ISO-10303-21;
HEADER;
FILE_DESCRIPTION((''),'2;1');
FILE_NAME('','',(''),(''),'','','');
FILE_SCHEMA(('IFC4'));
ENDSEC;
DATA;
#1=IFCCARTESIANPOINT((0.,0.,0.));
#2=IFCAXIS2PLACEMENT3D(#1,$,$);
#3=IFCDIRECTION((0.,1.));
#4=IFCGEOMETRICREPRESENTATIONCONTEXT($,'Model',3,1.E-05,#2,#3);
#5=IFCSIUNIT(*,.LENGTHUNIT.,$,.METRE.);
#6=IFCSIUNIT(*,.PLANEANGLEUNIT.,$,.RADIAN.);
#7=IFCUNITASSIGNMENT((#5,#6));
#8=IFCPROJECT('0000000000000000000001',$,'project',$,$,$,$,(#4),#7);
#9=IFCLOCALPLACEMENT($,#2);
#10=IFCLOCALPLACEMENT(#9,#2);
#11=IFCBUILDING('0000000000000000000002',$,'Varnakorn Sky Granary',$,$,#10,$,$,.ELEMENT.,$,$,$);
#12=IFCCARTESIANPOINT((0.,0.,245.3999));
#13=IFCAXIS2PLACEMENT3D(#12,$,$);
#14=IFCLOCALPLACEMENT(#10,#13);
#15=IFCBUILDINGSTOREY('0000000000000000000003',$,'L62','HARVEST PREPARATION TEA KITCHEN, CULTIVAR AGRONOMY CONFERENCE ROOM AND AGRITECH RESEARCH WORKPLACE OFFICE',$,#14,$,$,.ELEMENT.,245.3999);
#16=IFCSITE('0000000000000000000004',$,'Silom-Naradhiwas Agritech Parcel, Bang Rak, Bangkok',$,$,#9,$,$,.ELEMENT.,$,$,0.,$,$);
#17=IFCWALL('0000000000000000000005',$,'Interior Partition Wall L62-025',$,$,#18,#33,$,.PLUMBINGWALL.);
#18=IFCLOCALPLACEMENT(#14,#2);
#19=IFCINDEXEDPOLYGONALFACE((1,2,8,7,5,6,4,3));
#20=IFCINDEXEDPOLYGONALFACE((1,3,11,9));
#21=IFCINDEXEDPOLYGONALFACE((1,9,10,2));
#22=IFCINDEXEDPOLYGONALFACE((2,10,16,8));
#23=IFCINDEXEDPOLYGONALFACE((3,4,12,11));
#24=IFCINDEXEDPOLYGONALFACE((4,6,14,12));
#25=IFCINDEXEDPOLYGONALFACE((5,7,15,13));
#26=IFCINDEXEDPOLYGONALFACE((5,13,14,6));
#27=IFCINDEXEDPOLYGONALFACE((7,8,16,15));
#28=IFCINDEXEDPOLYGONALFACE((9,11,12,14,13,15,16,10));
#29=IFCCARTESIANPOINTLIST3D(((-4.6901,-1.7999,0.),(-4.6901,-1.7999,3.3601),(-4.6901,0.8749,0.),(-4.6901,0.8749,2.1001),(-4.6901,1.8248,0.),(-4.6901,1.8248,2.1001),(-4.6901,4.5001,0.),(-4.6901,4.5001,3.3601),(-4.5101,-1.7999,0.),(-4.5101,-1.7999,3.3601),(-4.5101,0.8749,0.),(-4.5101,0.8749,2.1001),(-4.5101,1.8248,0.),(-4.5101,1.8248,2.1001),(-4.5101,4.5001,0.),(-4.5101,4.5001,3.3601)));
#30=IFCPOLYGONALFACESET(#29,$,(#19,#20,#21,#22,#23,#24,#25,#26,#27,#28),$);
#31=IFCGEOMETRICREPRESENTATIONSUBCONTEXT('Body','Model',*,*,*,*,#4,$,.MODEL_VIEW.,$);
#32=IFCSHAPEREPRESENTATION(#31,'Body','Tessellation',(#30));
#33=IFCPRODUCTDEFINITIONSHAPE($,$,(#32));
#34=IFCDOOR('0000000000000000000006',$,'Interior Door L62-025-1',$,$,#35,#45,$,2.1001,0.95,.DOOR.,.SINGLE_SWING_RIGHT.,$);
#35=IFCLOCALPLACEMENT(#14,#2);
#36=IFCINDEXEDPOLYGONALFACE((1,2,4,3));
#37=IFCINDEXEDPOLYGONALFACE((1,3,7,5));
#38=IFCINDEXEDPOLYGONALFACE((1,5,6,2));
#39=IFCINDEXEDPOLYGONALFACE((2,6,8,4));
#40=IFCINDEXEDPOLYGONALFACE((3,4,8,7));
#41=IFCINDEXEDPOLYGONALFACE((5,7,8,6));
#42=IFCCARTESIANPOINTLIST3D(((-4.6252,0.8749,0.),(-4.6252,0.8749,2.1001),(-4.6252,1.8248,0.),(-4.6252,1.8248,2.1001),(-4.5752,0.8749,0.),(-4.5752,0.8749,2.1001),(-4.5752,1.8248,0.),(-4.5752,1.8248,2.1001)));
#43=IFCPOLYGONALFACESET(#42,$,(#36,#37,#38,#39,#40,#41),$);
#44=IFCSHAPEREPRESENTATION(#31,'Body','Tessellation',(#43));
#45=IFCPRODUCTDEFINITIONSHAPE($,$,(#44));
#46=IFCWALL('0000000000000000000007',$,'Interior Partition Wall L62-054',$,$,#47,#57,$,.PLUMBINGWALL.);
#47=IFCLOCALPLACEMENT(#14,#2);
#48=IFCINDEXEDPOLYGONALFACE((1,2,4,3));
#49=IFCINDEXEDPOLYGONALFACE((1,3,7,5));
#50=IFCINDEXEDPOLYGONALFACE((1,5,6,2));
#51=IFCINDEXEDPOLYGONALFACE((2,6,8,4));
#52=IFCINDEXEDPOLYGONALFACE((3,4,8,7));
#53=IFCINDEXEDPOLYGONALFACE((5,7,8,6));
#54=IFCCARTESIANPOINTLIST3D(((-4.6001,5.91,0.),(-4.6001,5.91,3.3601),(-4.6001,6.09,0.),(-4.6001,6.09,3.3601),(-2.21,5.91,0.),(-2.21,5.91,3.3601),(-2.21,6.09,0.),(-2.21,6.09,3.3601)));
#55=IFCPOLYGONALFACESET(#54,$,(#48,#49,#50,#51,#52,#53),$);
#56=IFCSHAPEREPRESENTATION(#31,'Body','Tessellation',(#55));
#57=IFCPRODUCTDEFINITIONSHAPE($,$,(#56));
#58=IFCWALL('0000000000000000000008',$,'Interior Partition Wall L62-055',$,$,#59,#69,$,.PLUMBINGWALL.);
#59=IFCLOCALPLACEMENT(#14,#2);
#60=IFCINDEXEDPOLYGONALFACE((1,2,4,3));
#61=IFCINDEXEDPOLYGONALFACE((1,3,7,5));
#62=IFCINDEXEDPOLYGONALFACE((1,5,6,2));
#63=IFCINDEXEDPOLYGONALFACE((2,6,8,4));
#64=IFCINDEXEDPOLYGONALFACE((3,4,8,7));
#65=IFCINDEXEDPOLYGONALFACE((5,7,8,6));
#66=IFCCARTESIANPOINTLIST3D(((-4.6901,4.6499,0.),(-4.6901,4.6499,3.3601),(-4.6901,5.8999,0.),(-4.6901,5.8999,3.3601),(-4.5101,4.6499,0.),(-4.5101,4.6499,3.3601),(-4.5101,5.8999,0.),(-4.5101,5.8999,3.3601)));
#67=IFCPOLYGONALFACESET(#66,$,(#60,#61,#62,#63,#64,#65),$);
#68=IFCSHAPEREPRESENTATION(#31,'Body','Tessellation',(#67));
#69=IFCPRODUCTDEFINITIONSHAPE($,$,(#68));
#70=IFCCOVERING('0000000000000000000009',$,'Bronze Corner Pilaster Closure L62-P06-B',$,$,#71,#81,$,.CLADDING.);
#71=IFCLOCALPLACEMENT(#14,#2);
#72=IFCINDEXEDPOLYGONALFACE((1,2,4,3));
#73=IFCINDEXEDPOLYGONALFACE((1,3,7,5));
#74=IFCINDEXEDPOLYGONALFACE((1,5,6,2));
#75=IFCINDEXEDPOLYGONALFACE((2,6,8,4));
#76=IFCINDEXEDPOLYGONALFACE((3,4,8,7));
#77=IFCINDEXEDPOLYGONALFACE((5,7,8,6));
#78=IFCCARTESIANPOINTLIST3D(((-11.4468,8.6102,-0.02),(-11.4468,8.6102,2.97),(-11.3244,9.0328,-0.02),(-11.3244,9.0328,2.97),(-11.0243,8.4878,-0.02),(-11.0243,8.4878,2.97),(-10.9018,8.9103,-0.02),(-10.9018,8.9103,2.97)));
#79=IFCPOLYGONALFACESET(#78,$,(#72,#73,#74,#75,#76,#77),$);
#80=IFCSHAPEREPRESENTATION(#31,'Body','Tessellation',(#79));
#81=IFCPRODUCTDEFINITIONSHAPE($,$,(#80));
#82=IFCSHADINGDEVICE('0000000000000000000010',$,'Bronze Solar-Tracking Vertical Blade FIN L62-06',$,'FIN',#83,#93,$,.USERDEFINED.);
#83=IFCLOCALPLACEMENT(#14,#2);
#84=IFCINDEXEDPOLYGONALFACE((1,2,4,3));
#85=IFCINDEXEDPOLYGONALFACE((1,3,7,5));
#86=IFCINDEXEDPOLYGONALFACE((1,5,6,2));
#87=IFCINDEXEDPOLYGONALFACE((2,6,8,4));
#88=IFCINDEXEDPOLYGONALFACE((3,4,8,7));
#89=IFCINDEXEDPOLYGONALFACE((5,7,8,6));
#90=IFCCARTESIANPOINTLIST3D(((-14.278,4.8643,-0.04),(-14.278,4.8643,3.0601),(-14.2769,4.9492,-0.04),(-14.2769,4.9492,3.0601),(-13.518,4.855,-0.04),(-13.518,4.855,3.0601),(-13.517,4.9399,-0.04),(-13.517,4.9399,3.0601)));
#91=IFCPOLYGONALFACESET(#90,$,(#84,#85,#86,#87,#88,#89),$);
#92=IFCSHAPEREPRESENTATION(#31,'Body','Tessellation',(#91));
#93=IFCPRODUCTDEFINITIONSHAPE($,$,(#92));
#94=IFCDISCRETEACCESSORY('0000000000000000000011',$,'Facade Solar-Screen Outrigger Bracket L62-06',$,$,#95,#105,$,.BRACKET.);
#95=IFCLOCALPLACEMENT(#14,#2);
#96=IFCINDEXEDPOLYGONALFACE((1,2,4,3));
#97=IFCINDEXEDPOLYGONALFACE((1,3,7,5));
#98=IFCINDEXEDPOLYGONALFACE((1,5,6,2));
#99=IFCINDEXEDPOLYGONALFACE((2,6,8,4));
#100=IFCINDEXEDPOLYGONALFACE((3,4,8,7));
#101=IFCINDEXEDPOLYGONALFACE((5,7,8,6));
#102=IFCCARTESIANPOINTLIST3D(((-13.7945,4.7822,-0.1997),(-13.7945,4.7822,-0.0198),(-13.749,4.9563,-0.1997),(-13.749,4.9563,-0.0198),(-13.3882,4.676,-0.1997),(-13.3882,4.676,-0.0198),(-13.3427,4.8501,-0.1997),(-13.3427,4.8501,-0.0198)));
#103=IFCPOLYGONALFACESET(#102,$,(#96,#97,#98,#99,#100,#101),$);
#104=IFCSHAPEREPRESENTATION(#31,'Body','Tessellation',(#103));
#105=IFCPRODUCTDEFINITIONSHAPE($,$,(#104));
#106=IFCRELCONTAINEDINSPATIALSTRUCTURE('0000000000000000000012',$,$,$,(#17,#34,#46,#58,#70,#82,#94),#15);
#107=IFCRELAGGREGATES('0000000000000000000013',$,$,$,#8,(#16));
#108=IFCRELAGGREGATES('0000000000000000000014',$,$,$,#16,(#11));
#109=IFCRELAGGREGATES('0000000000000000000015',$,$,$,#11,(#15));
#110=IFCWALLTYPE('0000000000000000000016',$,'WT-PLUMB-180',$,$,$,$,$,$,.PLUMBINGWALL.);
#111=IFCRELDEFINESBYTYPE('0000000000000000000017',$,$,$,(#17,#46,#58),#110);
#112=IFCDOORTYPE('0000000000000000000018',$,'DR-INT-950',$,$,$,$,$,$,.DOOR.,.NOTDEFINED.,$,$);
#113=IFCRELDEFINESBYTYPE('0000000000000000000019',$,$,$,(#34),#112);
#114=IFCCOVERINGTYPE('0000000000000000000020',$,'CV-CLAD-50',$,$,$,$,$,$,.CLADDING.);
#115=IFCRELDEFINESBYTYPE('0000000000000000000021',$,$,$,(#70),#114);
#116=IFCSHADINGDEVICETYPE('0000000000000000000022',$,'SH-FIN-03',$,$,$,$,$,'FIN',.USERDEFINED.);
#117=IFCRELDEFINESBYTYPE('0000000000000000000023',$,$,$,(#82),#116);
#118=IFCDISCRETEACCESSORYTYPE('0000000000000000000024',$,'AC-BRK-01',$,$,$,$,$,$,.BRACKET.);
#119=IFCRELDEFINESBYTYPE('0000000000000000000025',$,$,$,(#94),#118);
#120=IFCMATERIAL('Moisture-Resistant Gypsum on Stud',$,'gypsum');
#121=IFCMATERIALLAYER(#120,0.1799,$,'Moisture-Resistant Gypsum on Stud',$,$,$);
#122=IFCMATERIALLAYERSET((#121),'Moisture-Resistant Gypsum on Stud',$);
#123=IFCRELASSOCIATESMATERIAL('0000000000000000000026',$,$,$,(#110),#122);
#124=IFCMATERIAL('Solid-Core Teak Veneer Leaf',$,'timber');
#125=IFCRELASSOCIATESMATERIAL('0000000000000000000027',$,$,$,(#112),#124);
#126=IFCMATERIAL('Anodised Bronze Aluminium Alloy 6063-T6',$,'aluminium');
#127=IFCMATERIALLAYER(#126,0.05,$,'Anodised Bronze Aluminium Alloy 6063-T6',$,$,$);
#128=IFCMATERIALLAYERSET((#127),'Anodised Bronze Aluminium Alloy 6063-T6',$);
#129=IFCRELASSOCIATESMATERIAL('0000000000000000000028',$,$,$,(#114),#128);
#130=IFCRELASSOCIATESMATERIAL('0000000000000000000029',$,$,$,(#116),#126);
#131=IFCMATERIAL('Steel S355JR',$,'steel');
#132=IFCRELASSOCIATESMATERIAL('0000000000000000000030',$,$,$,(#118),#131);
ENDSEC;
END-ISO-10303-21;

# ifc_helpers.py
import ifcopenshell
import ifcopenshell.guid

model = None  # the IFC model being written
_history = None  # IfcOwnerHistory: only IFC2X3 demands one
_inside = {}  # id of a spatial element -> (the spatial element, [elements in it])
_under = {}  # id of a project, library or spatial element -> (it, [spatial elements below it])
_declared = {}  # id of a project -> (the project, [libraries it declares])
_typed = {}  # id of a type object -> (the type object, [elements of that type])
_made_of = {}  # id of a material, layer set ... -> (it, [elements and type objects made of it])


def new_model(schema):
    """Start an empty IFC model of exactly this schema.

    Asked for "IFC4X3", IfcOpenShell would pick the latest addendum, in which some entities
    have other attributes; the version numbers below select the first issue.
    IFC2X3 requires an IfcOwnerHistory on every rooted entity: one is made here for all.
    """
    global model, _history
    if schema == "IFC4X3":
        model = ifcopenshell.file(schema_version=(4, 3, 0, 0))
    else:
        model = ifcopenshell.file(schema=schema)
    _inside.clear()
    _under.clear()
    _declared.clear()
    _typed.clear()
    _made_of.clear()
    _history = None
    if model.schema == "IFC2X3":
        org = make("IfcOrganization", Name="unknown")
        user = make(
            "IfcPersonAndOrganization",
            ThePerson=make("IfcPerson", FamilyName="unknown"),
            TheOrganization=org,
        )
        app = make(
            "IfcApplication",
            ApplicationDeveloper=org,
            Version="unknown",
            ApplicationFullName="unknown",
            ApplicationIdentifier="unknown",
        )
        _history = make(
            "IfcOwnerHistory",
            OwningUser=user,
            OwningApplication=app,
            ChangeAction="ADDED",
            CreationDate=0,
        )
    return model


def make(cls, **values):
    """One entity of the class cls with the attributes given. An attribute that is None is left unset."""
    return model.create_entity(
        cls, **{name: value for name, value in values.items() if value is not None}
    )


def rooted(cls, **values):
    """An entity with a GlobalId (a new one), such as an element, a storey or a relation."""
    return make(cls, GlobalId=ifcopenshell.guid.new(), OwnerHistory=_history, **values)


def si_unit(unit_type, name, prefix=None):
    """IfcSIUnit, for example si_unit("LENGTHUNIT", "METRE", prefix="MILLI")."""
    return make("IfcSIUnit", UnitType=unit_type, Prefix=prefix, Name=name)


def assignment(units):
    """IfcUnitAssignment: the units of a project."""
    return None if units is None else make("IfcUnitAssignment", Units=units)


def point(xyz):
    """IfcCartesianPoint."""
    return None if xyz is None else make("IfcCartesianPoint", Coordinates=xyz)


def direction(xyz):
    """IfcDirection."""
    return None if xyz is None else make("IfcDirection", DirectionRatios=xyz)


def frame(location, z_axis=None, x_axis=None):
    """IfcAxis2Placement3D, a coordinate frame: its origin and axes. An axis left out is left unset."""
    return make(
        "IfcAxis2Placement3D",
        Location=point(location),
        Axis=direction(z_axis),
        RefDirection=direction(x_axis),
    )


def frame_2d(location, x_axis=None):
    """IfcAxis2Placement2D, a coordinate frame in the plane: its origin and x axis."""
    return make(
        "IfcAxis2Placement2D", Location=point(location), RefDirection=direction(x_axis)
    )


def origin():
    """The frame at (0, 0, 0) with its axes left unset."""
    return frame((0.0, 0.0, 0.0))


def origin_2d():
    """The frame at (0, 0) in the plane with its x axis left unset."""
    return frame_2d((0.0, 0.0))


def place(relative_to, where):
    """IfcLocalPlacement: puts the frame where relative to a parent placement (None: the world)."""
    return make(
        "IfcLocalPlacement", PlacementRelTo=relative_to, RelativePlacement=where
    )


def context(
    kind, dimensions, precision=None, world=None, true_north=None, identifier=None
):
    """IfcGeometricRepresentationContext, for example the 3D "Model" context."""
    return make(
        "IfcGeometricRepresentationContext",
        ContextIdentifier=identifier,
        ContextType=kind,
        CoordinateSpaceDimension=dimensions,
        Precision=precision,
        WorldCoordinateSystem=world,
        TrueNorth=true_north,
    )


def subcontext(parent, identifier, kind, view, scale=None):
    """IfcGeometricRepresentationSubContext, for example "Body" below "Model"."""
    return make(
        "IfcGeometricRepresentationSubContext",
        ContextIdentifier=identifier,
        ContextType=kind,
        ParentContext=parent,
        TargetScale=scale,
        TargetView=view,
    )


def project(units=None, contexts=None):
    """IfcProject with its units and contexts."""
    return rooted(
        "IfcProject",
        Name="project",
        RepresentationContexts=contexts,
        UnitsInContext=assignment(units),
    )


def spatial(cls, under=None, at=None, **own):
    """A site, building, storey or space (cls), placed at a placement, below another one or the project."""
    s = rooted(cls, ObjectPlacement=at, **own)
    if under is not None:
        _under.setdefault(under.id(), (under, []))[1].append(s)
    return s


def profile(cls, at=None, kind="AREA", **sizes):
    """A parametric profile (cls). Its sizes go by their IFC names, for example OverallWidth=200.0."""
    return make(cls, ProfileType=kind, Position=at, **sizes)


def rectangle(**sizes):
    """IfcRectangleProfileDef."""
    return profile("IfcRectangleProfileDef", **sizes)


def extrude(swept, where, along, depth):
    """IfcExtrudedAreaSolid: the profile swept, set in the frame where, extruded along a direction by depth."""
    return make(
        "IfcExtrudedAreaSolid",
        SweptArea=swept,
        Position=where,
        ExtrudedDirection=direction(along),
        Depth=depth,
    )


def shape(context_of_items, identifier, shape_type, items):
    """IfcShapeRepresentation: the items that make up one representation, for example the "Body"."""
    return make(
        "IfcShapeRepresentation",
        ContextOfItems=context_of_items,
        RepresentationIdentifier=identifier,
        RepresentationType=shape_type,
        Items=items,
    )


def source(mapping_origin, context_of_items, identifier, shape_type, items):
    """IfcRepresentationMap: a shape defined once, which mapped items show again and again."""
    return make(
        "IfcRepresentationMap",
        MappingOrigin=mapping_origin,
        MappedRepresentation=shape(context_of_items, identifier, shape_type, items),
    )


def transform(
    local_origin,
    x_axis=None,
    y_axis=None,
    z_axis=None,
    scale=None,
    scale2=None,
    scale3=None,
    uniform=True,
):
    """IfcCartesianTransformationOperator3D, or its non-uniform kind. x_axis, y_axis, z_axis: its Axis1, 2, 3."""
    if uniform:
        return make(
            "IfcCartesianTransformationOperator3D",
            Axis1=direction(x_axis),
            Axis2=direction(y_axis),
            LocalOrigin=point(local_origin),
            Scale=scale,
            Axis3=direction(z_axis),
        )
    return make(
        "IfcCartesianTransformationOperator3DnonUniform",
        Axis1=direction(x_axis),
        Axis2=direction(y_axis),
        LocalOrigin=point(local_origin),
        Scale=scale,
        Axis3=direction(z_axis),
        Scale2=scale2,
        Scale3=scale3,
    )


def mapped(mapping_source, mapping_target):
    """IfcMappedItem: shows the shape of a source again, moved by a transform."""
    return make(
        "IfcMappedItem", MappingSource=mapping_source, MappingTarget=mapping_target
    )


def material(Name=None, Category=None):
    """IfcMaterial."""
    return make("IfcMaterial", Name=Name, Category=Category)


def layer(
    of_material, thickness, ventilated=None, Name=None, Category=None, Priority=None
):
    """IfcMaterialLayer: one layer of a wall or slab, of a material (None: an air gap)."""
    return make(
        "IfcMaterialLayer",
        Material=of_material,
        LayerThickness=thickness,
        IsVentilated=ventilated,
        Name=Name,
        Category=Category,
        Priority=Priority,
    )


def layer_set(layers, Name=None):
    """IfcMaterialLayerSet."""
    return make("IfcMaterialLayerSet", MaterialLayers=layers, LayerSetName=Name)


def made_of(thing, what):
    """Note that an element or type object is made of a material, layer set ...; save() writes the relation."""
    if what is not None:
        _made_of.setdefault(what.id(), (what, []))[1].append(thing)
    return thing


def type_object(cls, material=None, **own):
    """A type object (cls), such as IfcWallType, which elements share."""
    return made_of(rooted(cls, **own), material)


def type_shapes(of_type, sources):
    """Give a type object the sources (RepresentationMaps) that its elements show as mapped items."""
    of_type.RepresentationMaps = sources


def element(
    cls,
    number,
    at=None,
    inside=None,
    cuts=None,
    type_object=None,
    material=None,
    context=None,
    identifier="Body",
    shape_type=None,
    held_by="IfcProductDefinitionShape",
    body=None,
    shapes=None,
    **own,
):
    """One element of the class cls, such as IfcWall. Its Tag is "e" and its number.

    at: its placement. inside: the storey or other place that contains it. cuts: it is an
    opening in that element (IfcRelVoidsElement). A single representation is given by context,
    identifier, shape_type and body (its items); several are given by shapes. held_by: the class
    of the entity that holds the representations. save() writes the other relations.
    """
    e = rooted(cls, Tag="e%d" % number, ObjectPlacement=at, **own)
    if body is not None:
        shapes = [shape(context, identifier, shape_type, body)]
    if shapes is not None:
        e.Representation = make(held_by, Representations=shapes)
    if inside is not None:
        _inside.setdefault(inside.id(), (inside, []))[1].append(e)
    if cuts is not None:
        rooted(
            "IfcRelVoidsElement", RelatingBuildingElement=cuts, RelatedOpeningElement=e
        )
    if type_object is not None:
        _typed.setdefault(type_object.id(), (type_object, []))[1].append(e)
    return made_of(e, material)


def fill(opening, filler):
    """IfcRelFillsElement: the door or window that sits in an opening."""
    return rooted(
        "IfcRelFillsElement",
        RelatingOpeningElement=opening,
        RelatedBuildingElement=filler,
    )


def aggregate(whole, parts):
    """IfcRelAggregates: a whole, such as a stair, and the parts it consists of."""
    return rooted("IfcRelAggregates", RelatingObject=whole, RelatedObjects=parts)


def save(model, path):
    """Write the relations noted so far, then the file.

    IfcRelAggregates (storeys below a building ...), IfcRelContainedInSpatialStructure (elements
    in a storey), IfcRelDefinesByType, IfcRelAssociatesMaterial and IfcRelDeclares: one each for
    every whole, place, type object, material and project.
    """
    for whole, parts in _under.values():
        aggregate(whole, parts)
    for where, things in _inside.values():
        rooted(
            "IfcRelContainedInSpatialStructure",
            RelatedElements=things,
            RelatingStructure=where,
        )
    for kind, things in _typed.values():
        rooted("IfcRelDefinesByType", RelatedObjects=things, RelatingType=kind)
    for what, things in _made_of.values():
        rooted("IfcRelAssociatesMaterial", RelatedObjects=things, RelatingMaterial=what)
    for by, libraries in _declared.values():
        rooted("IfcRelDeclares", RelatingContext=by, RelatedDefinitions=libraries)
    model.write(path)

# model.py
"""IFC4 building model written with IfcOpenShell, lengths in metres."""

from ifc_helpers import new_model, si_unit, direction, frame, frame_2d, origin, origin_2d, place, context, subcontext, project, spatial, rectangle, extrude, source, transform, mapped, material, layer, layer_set, type_object, type_shapes, element, fill, save


model = new_model("IFC4")

# Units and contexts
model_context = context("Model", 3, precision=1e-05, world=origin(), true_north=direction((0.0, 1.0)))
body_context = subcontext(model_context, "Body", "Model", "MODEL_VIEW")
ifc_project = project(units=[si_unit("LENGTHUNIT", "METRE"), si_unit("PLANEANGLEUNIT", "RADIAN")], contexts=[model_context])

# Site, building, storey
site_placement = place(None, origin())
site = spatial("IfcSite", under=ifc_project, at=site_placement, Name="Silom-Naradhiwas Agritech Parcel, Bang Rak, Bangkok", CompositionType="ELEMENT", RefElevation=0.0)
building_placement = place(site_placement, origin())
building = spatial("IfcBuilding", under=site, at=building_placement, Name="Varnakorn Sky Granary", CompositionType="ELEMENT")
storey_placement = place(building_placement, frame((0.0, 0.0, 245.3999)))
storey = spatial("IfcBuildingStorey", under=building, at=storey_placement, Name="L62", Description="HARVEST PREPARATION TEA KITCHEN, CULTIVAR AGRONOMY CONFERENCE ROOM AND AGRITECH RESEARCH WORKPLACE OFFICE", CompositionType="ELEMENT", Elevation=245.3999)

# Shared definitions
ifc_material_1 = material(Name="Steel S355JR", Category="steel")

# Shared definitions
ifc_material_2 = material(Name="Anodised Bronze Aluminium Alloy 6063-T6", Category="aluminium")

# Wall, opening, door
ifc_material_3 = material(Name="Moisture-Resistant Gypsum on Stud", Category="gypsum")
ifc_layer_1 = layer(ifc_material_3, 0.1799, Name="Moisture-Resistant Gypsum on Stud")
ifc_layer_set_1 = layer_set([ifc_layer_1], Name="Moisture-Resistant Gypsum on Stud")
wall_type_1 = type_object("IfcWallType", Name="WT-PLUMB-180", PredefinedType="PLUMBINGWALL", material=ifc_layer_set_1)
wall_1_placement = place(storey_placement, frame((-4.6001, 4.5, 0.0), z_axis=(0.0, 0.0, 1.0), x_axis=(0.0, -1.0, 0.0)))
wall_1 = element("IfcWall", 1, at=wall_1_placement, inside=storey, type_object=wall_type_1, Name="Interior Partition Wall L62-025", PredefinedType="PLUMBINGWALL", context=body_context, shape_type="SweptSolid", body=[
    extrude(rectangle(XDim=6.3, YDim=0.1799, at=frame_2d((3.1499, 0.0))), origin(), (0.0, 0.0, 1.0), 3.3601),
])
opening_placement = place(wall_1_placement, frame((2.675, 0.0, 0.0)))
opening = element("IfcOpeningElement", 2, at=opening_placement, cuts=wall_1, PredefinedType="OPENING", context=body_context, shape_type="SweptSolid", body=[
    extrude(rectangle(XDim=0.95, YDim=2.1001, at=frame_2d((0.4751, 1.05))), frame((0.0, 0.1001, 0.0), z_axis=(0.0, -1.0, 0.0), x_axis=(1.0, 0.0, 0.0)), (0.0, 0.0, 1.0), 0.2),
])
ifc_material_4 = material(Name="Solid-Core Teak Veneer Leaf", Category="timber")
door_type = type_object("IfcDoorType", Name="DR-INT-950", OperationType="NOTDEFINED", PredefinedType="DOOR", material=ifc_material_4)
door_placement = place(opening_placement, origin())
door = element("IfcDoor", 3, at=door_placement, inside=storey, type_object=door_type, Name="Interior Door L62-025-1", OperationType="SINGLE_SWING_RIGHT", OverallHeight=2.1001, OverallWidth=0.95, PredefinedType="DOOR", context=body_context, shape_type="SweptSolid", body=[
    extrude(rectangle(XDim=0.95, YDim=2.1001, at=frame_2d((0.4751, 1.05))), frame((0.0, 0.0249, 0.0), z_axis=(0.0, -1.0, 0.0), x_axis=(1.0, 0.0, 0.0)), (0.0, 0.0, 1.0), 0.05),
])
fill(opening, door)

# Walls
wall_2_placement = place(storey_placement, frame((-2.21, 6.0, 0.0), z_axis=(0.0, 0.0, 1.0), x_axis=(-1.0, 0.0, 0.0)))
element("IfcWall", 4, at=wall_2_placement, inside=storey, type_object=wall_type_1, Name="Interior Partition Wall L62-054", PredefinedType="PLUMBINGWALL", context=body_context, shape_type="SweptSolid", body=[
    extrude(rectangle(XDim=2.3901, YDim=0.1799, at=frame_2d((1.1951, 0.0))), origin(), (0.0, 0.0, 1.0), 3.3601),
])
wall_3_placement = place(storey_placement, frame((-4.6001, 5.8999, 0.0), z_axis=(0.0, 0.0, 1.0), x_axis=(0.0, -1.0, 0.0)))
element("IfcWall", 5, at=wall_3_placement, inside=storey, type_object=wall_type_1, Name="Interior Partition Wall L62-055", PredefinedType="PLUMBINGWALL", context=body_context, shape_type="SweptSolid", body=[
    extrude(rectangle(XDim=1.25, YDim=0.1799, at=frame_2d((0.625, 0.0))), origin(), (0.0, 0.0, 1.0), 3.3601),
])

# Covering
ifc_layer_2 = layer(ifc_material_2, 0.05, Name="Anodised Bronze Aluminium Alloy 6063-T6")
ifc_layer_set_2 = layer_set([ifc_layer_2], Name="Anodised Bronze Aluminium Alloy 6063-T6")
covering_type = type_object("IfcCoveringType", Name="CV-CLAD-50", PredefinedType="CLADDING", material=ifc_layer_set_2)
shared_shape_1 = source(origin(), body_context, "Body", "SweptSolid", [
    extrude(rectangle(XDim=0.4399, YDim=0.4399, at=origin_2d()), origin(), (0.0, 0.0, 1.0), 2.99),
])
type_shapes(covering_type, [shared_shape_1])
covering_placement = place(storey_placement, frame((-11.1743, 8.7603, -0.02), z_axis=(0.0, 0.0, 1.0), x_axis=(0.278321, 0.960488, 0.0)))
element("IfcCovering", 6, at=covering_placement, inside=storey, type_object=covering_type, Name="Bronze Corner Pilaster Closure L62-P06-B", PredefinedType="CLADDING", context=body_context, shape_type="MappedRepresentation", body=[
    mapped(shared_shape_1, transform((0.0, 0.0, 0.0), x_axis=(1.0, 0.0, 0.0), y_axis=(0.0, 1.0, 0.0), z_axis=(0.0, 0.0, 1.0), scale=1.0)),
])

# Shading device
shading_device_type = type_object("IfcShadingDeviceType", Name="SH-FIN-03", ElementType="FIN", PredefinedType="USERDEFINED", material=ifc_material_2)
shared_shape_2 = source(origin(), body_context, "Body", "SweptSolid", [
    extrude(rectangle(XDim=0.085, YDim=0.76, at=origin_2d()), origin(), (0.0, 0.0, 1.0), 3.1001),
])
type_shapes(shading_device_type, [shared_shape_2])
shading_device_placement = place(storey_placement, frame((-13.8975, 4.9021, -0.04), z_axis=(0.0, 0.0, 1.0), x_axis=(-0.012249, -0.999925, 0.0)))
element("IfcShadingDevice", 7, at=shading_device_placement, inside=storey, type_object=shading_device_type, Name="Bronze Solar-Tracking Vertical Blade FIN L62-06", ObjectType="FIN", PredefinedType="USERDEFINED", context=body_context, shape_type="MappedRepresentation", body=[
    mapped(shared_shape_2, transform((0.0, 0.0, 0.0), x_axis=(1.0, 0.0, 0.0), y_axis=(0.0, 1.0, 0.0), z_axis=(0.0, 0.0, 1.0), scale=1.0)),
])

# Discrete accessory
discrete_accessory_type = type_object("IfcDiscreteAccessoryType", Name="AC-BRK-01", PredefinedType="BRACKET", material=ifc_material_1)
shared_shape_3 = source(origin(), body_context, "Body", "SweptSolid", [
    extrude(rectangle(XDim=0.1799, YDim=0.4199, at=origin_2d()), origin(), (0.0, 0.0, 1.0), 0.1799),
])
type_shapes(discrete_accessory_type, [shared_shape_3])
discrete_accessory_placement = place(storey_placement, frame((-13.5686, 4.8162, -0.1997), z_axis=(0.0, 0.0, 1.0), x_axis=(-0.252979, -0.967472, 0.0)))
element("IfcDiscreteAccessory", 8, at=discrete_accessory_placement, inside=storey, type_object=discrete_accessory_type, Name="Facade Solar-Screen Outrigger Bracket L62-06", PredefinedType="BRACKET", context=body_context, shape_type="MappedRepresentation", body=[
    mapped(shared_shape_3, transform((0.0, 0.0, 0.0), x_axis=(1.0, 0.0, 0.0), y_axis=(0.0, 1.0, 0.0), z_axis=(0.0, 0.0, 1.0), scale=1.0)),
])

save(model, "model.ifc")
